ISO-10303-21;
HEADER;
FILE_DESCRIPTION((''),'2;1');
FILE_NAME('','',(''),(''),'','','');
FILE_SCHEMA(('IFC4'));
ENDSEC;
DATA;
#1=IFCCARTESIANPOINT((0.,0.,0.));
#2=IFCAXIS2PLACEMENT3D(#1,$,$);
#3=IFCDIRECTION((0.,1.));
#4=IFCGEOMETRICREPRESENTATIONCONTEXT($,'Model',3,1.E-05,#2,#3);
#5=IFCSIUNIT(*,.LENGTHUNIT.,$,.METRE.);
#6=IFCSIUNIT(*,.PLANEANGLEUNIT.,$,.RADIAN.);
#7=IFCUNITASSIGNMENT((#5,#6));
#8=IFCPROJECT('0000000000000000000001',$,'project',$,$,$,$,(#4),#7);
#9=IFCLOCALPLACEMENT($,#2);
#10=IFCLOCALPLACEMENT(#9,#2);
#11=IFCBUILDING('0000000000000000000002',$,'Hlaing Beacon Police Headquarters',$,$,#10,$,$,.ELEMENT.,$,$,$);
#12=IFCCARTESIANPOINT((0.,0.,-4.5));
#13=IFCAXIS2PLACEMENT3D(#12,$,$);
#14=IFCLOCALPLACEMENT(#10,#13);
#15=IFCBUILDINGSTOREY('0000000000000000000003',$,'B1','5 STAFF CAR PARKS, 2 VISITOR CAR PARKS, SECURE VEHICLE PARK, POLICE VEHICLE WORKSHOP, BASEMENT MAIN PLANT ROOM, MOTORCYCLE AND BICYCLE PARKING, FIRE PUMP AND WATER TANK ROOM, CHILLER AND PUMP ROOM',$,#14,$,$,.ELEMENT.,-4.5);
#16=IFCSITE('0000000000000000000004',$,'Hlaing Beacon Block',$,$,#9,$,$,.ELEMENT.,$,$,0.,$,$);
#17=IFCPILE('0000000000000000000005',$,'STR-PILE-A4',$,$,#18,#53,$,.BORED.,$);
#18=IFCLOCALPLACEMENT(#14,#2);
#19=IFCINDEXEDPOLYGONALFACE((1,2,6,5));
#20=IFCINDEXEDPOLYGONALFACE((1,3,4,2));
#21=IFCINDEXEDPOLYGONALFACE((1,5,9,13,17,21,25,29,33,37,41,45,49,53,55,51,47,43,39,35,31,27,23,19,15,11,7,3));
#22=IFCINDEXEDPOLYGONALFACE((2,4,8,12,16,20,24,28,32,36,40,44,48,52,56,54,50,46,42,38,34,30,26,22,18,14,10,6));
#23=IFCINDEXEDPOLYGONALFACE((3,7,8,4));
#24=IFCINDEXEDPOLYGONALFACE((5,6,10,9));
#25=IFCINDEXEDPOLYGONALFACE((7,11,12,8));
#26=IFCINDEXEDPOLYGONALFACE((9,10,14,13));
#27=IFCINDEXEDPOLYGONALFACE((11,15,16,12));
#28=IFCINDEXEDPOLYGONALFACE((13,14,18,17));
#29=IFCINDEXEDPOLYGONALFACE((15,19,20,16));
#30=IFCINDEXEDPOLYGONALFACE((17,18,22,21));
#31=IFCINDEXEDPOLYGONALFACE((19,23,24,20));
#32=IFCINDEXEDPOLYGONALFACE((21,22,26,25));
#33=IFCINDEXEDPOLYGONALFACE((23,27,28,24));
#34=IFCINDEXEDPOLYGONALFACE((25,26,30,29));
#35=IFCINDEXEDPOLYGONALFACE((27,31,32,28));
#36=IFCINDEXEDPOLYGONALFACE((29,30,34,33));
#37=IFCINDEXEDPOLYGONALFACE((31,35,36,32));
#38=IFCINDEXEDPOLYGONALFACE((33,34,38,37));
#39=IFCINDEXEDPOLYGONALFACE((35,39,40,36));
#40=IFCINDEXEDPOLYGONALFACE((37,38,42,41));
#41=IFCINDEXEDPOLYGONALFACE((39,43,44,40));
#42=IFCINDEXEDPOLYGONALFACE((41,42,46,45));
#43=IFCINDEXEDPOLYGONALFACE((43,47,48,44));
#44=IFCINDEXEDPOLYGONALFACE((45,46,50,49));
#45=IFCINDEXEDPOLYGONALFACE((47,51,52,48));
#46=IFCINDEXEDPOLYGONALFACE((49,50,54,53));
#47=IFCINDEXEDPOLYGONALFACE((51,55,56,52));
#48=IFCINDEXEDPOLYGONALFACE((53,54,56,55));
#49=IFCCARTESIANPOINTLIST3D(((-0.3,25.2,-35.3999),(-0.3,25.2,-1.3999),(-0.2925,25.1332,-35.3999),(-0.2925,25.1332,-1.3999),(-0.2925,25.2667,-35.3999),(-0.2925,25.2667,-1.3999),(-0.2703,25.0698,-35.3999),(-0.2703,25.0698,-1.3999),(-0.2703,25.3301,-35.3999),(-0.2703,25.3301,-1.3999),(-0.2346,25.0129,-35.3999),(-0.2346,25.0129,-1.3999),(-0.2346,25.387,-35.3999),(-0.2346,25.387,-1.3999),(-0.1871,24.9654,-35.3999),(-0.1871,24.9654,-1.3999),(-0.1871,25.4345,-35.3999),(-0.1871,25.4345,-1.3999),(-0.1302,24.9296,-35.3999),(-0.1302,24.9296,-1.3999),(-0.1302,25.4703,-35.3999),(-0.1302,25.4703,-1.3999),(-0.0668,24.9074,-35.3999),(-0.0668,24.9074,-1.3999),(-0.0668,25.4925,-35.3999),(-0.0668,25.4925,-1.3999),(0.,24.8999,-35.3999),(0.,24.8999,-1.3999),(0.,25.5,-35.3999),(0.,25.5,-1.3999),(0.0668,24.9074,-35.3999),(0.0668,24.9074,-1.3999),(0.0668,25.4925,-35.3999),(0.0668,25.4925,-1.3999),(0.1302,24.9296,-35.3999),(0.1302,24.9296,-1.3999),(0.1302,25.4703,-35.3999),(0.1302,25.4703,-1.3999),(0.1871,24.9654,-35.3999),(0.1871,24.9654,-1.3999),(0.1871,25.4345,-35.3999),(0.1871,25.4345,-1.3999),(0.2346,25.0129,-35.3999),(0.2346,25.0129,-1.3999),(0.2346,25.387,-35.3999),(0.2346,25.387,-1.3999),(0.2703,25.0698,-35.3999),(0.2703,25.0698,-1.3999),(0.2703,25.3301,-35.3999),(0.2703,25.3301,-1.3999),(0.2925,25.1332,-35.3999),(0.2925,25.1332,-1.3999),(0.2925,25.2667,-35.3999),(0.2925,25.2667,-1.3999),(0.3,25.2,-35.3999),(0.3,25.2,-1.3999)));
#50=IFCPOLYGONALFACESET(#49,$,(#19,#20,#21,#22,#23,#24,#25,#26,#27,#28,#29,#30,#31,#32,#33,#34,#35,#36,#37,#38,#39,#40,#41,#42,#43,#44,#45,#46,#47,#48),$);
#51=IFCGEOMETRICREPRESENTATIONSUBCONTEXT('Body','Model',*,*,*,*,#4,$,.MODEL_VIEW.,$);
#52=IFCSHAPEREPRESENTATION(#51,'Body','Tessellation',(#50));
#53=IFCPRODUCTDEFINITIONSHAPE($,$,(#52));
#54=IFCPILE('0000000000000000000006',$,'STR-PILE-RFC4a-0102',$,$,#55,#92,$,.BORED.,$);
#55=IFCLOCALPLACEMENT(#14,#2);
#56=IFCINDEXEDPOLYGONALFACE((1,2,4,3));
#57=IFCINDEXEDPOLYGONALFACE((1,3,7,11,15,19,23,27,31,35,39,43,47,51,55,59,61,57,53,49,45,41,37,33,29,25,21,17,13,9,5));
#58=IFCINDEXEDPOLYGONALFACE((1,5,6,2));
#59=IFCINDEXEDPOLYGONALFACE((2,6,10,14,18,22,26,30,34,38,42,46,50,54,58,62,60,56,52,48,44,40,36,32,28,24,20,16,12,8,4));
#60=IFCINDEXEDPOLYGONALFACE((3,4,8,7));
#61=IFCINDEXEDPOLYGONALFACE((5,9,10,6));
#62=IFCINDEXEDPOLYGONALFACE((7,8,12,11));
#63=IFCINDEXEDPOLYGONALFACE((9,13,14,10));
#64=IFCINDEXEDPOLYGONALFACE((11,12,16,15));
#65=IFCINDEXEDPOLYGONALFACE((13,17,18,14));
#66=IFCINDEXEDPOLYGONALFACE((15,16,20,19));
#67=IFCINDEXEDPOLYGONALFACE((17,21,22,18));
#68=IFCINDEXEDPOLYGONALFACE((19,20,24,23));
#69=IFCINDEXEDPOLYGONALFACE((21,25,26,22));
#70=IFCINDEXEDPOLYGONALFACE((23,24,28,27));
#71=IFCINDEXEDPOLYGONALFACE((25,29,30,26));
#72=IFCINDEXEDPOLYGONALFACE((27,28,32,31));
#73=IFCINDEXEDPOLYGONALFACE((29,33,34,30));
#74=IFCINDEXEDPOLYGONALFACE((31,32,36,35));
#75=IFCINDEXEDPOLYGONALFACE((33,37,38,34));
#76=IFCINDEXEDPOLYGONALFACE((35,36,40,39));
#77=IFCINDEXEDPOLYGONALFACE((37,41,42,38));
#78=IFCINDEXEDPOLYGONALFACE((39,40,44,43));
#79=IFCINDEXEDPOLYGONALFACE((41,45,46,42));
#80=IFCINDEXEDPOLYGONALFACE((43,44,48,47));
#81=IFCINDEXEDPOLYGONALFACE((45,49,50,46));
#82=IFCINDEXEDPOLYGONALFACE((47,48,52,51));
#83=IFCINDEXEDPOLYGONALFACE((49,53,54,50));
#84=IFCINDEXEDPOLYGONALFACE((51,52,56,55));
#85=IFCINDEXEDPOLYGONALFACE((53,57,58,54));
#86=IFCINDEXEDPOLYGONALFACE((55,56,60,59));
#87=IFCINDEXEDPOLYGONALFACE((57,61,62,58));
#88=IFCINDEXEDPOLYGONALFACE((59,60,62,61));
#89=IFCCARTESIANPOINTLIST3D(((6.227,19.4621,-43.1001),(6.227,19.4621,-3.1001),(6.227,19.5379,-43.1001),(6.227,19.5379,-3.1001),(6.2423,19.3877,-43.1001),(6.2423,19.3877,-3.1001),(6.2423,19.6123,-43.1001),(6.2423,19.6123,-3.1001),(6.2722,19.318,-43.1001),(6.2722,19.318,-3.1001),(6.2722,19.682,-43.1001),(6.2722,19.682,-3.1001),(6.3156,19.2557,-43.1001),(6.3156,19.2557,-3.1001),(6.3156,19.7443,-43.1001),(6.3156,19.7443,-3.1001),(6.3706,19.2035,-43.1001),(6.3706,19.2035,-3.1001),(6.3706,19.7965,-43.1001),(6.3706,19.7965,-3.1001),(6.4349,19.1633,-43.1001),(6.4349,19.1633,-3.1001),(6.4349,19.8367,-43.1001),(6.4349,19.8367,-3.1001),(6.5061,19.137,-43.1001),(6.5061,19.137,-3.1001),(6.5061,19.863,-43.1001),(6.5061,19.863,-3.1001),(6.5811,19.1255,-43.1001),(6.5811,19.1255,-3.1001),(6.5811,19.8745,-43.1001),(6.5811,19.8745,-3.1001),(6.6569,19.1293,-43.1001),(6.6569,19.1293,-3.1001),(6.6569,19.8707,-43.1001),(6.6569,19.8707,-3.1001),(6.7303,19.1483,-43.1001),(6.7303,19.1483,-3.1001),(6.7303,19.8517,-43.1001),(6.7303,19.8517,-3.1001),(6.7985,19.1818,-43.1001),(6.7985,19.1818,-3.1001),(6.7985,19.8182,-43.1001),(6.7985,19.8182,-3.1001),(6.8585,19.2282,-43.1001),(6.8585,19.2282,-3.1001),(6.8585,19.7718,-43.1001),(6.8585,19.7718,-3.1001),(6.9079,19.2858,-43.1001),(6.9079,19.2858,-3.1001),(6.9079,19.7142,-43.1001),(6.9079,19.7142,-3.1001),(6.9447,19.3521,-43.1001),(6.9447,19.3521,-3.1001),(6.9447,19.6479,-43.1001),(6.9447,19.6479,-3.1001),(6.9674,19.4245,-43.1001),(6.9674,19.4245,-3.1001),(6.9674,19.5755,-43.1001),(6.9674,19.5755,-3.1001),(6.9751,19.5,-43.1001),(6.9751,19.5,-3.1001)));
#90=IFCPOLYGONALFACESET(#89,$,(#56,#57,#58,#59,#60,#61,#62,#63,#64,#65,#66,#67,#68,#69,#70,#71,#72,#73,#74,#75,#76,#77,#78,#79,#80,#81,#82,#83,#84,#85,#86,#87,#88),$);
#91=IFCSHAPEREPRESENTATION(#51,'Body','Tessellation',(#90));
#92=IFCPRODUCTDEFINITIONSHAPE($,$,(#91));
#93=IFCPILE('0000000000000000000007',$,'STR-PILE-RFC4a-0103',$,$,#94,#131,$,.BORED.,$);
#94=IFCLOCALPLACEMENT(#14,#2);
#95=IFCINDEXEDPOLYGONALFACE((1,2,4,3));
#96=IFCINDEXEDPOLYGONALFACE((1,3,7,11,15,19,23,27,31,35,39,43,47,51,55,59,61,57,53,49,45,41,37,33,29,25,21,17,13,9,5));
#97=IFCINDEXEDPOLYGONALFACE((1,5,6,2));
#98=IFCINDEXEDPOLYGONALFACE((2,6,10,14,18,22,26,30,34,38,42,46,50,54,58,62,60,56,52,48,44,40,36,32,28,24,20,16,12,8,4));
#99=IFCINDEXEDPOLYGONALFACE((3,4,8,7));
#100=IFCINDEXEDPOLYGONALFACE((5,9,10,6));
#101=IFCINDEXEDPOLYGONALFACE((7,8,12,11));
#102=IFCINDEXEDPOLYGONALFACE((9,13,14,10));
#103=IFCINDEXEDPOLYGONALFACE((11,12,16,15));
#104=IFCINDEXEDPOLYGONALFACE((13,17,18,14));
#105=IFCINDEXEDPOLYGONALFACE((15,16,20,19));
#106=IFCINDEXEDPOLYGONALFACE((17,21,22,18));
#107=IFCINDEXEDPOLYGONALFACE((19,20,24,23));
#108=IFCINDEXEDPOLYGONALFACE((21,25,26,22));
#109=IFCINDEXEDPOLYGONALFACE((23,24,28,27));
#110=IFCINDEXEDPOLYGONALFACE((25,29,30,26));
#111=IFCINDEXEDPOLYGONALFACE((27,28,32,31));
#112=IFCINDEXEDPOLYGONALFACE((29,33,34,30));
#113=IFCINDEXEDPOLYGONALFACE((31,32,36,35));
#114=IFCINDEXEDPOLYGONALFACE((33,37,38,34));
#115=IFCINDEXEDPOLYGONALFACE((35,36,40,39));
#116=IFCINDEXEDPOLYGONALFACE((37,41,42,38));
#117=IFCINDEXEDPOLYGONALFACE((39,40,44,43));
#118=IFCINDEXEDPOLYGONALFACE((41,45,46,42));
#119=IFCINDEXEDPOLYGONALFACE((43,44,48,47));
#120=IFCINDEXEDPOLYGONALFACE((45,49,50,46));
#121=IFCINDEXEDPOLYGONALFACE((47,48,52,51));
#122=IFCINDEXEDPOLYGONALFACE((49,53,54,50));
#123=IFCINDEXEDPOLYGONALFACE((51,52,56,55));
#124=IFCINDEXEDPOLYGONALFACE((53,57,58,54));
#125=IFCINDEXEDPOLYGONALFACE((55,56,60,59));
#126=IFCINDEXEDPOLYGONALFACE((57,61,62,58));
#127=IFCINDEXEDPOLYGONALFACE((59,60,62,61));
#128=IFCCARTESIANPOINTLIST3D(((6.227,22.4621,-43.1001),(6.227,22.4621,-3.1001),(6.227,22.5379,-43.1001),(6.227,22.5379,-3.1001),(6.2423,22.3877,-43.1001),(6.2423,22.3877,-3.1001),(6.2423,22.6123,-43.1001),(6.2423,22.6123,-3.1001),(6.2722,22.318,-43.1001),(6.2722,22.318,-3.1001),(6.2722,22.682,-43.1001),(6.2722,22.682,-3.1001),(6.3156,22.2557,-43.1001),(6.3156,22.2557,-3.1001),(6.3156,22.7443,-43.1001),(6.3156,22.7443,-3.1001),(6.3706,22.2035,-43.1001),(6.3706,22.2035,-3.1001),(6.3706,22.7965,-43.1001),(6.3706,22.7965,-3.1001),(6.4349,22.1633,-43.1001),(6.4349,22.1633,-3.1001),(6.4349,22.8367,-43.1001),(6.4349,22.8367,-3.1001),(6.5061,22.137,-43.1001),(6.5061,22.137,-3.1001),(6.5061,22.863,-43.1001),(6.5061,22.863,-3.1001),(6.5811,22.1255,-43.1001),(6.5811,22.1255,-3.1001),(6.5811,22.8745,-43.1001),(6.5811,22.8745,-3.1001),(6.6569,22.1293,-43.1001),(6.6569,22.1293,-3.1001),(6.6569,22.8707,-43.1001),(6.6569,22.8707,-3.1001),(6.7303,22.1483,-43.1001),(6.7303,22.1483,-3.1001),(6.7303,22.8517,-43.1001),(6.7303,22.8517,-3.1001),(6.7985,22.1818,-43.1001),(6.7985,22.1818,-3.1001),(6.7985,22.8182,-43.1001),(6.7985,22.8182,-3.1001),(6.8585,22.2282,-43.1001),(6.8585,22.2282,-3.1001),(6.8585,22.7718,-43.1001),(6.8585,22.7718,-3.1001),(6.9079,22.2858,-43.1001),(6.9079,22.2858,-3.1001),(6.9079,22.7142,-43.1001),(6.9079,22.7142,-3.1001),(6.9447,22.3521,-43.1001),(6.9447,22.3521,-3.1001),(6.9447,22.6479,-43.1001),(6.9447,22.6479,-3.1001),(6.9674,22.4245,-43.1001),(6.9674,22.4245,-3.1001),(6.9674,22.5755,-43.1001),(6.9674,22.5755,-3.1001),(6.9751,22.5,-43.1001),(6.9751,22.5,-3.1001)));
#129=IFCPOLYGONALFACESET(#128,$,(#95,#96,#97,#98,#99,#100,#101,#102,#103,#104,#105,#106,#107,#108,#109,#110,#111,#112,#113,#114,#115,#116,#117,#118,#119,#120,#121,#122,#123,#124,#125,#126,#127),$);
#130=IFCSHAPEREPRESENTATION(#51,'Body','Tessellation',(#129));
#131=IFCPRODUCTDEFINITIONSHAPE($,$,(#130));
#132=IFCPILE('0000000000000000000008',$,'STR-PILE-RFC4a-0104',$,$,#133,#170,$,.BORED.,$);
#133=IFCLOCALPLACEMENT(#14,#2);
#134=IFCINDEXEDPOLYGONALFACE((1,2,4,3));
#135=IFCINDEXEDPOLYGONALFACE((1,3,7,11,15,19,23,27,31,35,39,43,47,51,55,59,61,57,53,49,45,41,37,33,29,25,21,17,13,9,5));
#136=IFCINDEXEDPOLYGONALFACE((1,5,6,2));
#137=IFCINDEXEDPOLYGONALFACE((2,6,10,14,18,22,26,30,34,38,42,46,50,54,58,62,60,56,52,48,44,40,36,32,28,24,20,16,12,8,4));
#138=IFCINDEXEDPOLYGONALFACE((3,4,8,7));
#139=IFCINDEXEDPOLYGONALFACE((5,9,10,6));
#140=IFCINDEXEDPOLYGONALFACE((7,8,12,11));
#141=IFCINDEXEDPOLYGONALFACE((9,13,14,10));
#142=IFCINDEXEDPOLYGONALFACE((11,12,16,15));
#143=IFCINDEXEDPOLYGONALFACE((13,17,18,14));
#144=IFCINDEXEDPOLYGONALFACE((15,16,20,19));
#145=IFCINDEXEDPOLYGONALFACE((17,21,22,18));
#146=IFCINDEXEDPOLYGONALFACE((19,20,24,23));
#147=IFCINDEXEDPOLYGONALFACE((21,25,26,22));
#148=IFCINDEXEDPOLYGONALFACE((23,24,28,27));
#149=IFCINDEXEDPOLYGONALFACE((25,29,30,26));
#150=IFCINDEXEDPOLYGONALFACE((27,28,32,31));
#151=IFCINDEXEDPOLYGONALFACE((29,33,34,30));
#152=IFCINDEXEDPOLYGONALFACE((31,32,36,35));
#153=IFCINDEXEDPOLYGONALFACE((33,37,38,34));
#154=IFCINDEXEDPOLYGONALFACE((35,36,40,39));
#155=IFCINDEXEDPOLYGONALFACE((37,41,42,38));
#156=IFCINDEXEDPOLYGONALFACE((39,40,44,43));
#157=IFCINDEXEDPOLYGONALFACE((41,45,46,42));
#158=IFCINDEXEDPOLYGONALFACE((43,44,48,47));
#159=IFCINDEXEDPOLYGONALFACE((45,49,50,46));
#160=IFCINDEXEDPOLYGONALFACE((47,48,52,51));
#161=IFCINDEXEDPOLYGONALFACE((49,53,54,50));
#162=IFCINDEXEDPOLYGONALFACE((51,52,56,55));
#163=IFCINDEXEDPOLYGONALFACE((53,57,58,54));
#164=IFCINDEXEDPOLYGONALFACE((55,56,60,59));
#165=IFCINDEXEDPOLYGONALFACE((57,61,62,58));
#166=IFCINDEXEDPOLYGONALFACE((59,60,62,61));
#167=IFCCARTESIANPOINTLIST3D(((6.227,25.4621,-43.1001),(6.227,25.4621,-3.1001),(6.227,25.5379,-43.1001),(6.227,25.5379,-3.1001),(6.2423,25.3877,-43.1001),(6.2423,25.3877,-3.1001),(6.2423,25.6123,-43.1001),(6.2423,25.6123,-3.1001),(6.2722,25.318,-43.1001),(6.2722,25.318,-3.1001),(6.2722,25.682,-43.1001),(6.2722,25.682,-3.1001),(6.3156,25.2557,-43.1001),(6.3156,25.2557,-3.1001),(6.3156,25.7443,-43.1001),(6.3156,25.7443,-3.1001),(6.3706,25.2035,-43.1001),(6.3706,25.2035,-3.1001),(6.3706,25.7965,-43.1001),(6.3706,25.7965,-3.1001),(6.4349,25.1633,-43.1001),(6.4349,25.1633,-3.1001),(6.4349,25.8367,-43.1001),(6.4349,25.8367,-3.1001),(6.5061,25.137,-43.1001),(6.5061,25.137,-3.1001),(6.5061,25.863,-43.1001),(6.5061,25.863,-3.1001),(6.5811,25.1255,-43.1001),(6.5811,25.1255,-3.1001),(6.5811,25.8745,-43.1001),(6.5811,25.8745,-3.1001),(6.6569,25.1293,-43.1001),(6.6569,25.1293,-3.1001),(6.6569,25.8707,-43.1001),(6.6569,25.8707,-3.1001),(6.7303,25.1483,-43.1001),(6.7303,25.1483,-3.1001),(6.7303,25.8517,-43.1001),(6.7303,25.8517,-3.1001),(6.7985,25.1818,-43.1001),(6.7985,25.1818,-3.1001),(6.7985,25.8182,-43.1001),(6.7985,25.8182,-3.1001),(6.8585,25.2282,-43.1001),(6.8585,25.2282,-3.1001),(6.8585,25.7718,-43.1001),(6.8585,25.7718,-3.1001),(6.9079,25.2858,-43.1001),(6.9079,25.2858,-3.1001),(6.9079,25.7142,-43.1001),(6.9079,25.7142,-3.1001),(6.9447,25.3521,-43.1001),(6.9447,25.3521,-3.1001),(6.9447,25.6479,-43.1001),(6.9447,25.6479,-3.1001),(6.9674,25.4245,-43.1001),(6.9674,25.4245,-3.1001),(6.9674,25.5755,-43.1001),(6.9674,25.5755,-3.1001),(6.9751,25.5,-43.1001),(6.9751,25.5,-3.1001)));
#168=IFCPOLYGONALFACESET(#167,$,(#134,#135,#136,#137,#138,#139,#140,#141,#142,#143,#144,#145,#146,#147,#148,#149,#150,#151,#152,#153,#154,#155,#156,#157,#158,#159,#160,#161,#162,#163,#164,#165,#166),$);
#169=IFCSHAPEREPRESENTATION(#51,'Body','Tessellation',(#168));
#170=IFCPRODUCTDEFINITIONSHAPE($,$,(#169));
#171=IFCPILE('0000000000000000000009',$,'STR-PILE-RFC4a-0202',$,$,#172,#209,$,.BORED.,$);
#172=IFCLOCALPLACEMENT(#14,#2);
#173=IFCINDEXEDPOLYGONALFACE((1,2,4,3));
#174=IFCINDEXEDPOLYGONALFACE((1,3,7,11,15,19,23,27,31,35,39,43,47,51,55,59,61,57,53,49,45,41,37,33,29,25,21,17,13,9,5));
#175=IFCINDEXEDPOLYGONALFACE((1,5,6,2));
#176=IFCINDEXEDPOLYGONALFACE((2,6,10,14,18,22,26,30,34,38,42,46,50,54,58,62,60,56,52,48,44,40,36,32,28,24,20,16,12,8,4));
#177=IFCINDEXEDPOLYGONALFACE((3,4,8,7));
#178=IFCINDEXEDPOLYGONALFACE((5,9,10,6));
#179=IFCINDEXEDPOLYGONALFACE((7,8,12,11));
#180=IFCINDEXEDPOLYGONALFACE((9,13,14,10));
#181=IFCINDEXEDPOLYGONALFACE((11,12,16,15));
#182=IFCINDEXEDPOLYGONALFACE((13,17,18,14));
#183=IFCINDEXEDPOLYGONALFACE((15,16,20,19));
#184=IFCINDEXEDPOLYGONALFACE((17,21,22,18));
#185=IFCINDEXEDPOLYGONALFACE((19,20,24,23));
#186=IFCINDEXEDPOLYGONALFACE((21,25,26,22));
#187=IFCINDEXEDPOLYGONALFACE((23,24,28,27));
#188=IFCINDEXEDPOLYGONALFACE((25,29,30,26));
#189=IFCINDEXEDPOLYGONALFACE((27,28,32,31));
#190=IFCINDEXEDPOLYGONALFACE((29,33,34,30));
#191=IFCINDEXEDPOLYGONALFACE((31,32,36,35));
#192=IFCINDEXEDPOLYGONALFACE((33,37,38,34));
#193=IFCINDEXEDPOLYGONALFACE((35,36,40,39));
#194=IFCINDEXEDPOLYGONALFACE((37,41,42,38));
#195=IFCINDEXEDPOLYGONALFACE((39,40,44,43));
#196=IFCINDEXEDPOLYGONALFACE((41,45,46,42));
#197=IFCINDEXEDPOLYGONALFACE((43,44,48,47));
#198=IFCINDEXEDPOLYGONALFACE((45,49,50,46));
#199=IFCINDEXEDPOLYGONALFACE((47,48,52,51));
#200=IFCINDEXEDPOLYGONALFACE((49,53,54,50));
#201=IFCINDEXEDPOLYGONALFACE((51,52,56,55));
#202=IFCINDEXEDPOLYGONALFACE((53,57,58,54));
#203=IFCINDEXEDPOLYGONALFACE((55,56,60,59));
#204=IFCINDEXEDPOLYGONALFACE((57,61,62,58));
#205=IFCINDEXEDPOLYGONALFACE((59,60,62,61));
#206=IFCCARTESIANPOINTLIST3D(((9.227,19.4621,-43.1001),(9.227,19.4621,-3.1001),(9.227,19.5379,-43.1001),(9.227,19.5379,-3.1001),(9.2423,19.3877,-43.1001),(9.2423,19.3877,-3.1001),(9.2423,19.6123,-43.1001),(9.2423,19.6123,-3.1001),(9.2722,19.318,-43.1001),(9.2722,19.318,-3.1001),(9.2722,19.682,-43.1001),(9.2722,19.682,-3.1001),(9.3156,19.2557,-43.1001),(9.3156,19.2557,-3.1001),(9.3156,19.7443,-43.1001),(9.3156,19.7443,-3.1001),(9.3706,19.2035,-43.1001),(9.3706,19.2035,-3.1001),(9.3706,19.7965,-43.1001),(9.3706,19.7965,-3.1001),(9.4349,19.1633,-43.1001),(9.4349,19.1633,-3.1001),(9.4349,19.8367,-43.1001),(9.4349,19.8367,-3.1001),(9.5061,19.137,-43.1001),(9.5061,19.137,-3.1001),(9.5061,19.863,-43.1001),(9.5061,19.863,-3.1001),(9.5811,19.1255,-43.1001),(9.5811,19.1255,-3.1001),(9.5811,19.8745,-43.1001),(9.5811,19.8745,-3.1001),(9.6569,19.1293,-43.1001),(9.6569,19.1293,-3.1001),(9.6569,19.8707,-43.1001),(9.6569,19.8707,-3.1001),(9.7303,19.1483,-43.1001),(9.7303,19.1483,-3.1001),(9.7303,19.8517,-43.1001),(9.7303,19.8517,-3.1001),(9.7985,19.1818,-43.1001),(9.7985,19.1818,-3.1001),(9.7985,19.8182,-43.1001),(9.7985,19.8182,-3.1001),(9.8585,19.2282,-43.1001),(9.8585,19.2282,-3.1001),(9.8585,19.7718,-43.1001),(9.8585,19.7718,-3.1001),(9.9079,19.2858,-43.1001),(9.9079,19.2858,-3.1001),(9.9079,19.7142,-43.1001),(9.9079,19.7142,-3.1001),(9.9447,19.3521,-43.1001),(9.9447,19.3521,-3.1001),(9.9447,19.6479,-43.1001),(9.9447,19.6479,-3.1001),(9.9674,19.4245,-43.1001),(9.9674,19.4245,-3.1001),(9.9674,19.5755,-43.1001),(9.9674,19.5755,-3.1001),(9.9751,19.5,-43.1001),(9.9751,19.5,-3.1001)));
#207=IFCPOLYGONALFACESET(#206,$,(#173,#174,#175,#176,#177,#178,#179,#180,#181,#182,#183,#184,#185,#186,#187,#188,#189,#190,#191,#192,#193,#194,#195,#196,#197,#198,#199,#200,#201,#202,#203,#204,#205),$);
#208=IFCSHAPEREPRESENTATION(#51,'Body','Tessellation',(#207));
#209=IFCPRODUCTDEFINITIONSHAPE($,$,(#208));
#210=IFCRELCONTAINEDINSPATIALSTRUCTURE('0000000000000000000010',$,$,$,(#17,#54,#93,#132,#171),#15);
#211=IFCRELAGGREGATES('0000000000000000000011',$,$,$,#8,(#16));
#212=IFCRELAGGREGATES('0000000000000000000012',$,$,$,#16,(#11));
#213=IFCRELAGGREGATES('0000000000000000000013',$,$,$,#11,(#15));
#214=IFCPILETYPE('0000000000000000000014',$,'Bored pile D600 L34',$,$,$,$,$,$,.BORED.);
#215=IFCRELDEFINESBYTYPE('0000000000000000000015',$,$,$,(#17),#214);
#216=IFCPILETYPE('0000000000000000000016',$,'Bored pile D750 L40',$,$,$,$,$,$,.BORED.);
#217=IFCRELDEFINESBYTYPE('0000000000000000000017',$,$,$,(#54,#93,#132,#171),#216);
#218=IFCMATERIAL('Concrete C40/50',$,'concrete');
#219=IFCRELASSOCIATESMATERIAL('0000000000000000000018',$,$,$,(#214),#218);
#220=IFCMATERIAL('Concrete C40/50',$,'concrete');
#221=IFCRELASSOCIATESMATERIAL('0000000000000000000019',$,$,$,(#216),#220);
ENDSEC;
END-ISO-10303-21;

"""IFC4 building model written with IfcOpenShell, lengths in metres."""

from ifc_helpers import new_model, si_unit, direction, frame, origin, origin_2d, place, context, subcontext, project, spatial, circle, extrude, material, material_profile, profile_set, type_object, element, save


model = new_model("IFC4")

# Units and contexts
model_context = context("Model", 3, precision=1e-05, world=origin(), true_north=direction((0.0, 1.0)))
body_context = subcontext(model_context, "Body", "Model", "MODEL_VIEW")
ifc_project = project(units=[si_unit("LENGTHUNIT", "METRE"), si_unit("PLANEANGLEUNIT", "RADIAN")], contexts=[model_context])

# Site, building, storey
site_placement = place(None, origin())
site = spatial("IfcSite", under=ifc_project, at=site_placement, Name="Hlaing Beacon Block", CompositionType="ELEMENT", RefElevation=0.0)
building_placement = place(site_placement, origin())
building = spatial("IfcBuilding", under=site, at=building_placement, Name="Hlaing Beacon Police Headquarters", CompositionType="ELEMENT")
storey_placement = place(building_placement, frame((0.0, 0.0, -4.5)))
storey = spatial("IfcBuildingStorey", under=building, at=storey_placement, Name="B1", Description="5 STAFF CAR PARKS, 2 VISITOR CAR PARKS, SECURE VEHICLE PARK, POLICE VEHICLE WORKSHOP, BASEMENT MAIN PLANT ROOM, MOTORCYCLE AND BICYCLE PARKING, FIRE PUMP AND WATER TANK ROOM, CHILLER AND PUMP ROOM", CompositionType="ELEMENT", Elevation=-4.5)

# Piles
ifc_material_1 = material(Name="Concrete C40/50", Category="concrete")
ifc_material_profile_1 = material_profile(ifc_material_1, circle(Radius=0.3, at=origin_2d()), Name="D600")
ifc_profile_set_1 = profile_set([ifc_material_profile_1], Name="Concrete C40/50")
pile_type_1 = type_object("IfcPileType", Name="Bored pile D600 L34", PredefinedType="BORED", material=ifc_profile_set_1)
pile_placement = place(storey_placement, frame((0.0, 25.2, -1.3999), z_axis=(0.0, 0.0, -1.0), x_axis=(1.0, 0.0, 0.0)))
element("IfcPile", 1, at=pile_placement, inside=storey, type_object=pile_type_1, Name="STR-PILE-A4", PredefinedType="BORED", context=body_context, shape_type="SweptSolid", body=[
    extrude(circle(Radius=0.3, at=origin_2d()), origin(), (0.0, 0.0, 1.0), 34.0),
])
ifc_material_2 = material(Name="Concrete C40/50", Category="concrete")
ifc_material_profile_2 = material_profile(ifc_material_2, circle(Radius=0.375, at=origin_2d()), Name="D750")
ifc_profile_set_2 = profile_set([ifc_material_profile_2], Name="Concrete C40/50")
pile_type_2 = type_object("IfcPileType", Name="Bored pile D750 L40", PredefinedType="BORED", material=ifc_profile_set_2)
for number, where, z_axis, x_axis, name in (
    (2, (6.6001, 19.5, -3.1001), (0.0, 0.0, -1.0), (1.0, 0.0, 0.0), "STR-PILE-RFC4a-0102"),
    (3, (6.6001, 22.5, -3.1001), (0.0, 0.0, -1.0), (1.0, 0.0, 0.0), "STR-PILE-RFC4a-0103"),
    (4, (6.6001, 25.5, -3.1001), (0.0, 0.0, -1.0), (1.0, 0.0, 0.0), "STR-PILE-RFC4a-0104"),
    (5, (9.6001, 19.5, -3.1001), (0.0, 0.0, -1.0), (1.0, 0.0, 0.0), "STR-PILE-RFC4a-0202"),
):
    element("IfcPile", number, at=place(storey_placement, frame(where, z_axis=z_axis, x_axis=x_axis)), inside=storey, type_object=pile_type_2, Name=name, PredefinedType="BORED", context=body_context, shape_type="SweptSolid", body=[
        extrude(circle(Radius=0.375, at=origin_2d()), origin(), (0.0, 0.0, 1.0), 40.0),
    ])

save(model, "model.ifc")
